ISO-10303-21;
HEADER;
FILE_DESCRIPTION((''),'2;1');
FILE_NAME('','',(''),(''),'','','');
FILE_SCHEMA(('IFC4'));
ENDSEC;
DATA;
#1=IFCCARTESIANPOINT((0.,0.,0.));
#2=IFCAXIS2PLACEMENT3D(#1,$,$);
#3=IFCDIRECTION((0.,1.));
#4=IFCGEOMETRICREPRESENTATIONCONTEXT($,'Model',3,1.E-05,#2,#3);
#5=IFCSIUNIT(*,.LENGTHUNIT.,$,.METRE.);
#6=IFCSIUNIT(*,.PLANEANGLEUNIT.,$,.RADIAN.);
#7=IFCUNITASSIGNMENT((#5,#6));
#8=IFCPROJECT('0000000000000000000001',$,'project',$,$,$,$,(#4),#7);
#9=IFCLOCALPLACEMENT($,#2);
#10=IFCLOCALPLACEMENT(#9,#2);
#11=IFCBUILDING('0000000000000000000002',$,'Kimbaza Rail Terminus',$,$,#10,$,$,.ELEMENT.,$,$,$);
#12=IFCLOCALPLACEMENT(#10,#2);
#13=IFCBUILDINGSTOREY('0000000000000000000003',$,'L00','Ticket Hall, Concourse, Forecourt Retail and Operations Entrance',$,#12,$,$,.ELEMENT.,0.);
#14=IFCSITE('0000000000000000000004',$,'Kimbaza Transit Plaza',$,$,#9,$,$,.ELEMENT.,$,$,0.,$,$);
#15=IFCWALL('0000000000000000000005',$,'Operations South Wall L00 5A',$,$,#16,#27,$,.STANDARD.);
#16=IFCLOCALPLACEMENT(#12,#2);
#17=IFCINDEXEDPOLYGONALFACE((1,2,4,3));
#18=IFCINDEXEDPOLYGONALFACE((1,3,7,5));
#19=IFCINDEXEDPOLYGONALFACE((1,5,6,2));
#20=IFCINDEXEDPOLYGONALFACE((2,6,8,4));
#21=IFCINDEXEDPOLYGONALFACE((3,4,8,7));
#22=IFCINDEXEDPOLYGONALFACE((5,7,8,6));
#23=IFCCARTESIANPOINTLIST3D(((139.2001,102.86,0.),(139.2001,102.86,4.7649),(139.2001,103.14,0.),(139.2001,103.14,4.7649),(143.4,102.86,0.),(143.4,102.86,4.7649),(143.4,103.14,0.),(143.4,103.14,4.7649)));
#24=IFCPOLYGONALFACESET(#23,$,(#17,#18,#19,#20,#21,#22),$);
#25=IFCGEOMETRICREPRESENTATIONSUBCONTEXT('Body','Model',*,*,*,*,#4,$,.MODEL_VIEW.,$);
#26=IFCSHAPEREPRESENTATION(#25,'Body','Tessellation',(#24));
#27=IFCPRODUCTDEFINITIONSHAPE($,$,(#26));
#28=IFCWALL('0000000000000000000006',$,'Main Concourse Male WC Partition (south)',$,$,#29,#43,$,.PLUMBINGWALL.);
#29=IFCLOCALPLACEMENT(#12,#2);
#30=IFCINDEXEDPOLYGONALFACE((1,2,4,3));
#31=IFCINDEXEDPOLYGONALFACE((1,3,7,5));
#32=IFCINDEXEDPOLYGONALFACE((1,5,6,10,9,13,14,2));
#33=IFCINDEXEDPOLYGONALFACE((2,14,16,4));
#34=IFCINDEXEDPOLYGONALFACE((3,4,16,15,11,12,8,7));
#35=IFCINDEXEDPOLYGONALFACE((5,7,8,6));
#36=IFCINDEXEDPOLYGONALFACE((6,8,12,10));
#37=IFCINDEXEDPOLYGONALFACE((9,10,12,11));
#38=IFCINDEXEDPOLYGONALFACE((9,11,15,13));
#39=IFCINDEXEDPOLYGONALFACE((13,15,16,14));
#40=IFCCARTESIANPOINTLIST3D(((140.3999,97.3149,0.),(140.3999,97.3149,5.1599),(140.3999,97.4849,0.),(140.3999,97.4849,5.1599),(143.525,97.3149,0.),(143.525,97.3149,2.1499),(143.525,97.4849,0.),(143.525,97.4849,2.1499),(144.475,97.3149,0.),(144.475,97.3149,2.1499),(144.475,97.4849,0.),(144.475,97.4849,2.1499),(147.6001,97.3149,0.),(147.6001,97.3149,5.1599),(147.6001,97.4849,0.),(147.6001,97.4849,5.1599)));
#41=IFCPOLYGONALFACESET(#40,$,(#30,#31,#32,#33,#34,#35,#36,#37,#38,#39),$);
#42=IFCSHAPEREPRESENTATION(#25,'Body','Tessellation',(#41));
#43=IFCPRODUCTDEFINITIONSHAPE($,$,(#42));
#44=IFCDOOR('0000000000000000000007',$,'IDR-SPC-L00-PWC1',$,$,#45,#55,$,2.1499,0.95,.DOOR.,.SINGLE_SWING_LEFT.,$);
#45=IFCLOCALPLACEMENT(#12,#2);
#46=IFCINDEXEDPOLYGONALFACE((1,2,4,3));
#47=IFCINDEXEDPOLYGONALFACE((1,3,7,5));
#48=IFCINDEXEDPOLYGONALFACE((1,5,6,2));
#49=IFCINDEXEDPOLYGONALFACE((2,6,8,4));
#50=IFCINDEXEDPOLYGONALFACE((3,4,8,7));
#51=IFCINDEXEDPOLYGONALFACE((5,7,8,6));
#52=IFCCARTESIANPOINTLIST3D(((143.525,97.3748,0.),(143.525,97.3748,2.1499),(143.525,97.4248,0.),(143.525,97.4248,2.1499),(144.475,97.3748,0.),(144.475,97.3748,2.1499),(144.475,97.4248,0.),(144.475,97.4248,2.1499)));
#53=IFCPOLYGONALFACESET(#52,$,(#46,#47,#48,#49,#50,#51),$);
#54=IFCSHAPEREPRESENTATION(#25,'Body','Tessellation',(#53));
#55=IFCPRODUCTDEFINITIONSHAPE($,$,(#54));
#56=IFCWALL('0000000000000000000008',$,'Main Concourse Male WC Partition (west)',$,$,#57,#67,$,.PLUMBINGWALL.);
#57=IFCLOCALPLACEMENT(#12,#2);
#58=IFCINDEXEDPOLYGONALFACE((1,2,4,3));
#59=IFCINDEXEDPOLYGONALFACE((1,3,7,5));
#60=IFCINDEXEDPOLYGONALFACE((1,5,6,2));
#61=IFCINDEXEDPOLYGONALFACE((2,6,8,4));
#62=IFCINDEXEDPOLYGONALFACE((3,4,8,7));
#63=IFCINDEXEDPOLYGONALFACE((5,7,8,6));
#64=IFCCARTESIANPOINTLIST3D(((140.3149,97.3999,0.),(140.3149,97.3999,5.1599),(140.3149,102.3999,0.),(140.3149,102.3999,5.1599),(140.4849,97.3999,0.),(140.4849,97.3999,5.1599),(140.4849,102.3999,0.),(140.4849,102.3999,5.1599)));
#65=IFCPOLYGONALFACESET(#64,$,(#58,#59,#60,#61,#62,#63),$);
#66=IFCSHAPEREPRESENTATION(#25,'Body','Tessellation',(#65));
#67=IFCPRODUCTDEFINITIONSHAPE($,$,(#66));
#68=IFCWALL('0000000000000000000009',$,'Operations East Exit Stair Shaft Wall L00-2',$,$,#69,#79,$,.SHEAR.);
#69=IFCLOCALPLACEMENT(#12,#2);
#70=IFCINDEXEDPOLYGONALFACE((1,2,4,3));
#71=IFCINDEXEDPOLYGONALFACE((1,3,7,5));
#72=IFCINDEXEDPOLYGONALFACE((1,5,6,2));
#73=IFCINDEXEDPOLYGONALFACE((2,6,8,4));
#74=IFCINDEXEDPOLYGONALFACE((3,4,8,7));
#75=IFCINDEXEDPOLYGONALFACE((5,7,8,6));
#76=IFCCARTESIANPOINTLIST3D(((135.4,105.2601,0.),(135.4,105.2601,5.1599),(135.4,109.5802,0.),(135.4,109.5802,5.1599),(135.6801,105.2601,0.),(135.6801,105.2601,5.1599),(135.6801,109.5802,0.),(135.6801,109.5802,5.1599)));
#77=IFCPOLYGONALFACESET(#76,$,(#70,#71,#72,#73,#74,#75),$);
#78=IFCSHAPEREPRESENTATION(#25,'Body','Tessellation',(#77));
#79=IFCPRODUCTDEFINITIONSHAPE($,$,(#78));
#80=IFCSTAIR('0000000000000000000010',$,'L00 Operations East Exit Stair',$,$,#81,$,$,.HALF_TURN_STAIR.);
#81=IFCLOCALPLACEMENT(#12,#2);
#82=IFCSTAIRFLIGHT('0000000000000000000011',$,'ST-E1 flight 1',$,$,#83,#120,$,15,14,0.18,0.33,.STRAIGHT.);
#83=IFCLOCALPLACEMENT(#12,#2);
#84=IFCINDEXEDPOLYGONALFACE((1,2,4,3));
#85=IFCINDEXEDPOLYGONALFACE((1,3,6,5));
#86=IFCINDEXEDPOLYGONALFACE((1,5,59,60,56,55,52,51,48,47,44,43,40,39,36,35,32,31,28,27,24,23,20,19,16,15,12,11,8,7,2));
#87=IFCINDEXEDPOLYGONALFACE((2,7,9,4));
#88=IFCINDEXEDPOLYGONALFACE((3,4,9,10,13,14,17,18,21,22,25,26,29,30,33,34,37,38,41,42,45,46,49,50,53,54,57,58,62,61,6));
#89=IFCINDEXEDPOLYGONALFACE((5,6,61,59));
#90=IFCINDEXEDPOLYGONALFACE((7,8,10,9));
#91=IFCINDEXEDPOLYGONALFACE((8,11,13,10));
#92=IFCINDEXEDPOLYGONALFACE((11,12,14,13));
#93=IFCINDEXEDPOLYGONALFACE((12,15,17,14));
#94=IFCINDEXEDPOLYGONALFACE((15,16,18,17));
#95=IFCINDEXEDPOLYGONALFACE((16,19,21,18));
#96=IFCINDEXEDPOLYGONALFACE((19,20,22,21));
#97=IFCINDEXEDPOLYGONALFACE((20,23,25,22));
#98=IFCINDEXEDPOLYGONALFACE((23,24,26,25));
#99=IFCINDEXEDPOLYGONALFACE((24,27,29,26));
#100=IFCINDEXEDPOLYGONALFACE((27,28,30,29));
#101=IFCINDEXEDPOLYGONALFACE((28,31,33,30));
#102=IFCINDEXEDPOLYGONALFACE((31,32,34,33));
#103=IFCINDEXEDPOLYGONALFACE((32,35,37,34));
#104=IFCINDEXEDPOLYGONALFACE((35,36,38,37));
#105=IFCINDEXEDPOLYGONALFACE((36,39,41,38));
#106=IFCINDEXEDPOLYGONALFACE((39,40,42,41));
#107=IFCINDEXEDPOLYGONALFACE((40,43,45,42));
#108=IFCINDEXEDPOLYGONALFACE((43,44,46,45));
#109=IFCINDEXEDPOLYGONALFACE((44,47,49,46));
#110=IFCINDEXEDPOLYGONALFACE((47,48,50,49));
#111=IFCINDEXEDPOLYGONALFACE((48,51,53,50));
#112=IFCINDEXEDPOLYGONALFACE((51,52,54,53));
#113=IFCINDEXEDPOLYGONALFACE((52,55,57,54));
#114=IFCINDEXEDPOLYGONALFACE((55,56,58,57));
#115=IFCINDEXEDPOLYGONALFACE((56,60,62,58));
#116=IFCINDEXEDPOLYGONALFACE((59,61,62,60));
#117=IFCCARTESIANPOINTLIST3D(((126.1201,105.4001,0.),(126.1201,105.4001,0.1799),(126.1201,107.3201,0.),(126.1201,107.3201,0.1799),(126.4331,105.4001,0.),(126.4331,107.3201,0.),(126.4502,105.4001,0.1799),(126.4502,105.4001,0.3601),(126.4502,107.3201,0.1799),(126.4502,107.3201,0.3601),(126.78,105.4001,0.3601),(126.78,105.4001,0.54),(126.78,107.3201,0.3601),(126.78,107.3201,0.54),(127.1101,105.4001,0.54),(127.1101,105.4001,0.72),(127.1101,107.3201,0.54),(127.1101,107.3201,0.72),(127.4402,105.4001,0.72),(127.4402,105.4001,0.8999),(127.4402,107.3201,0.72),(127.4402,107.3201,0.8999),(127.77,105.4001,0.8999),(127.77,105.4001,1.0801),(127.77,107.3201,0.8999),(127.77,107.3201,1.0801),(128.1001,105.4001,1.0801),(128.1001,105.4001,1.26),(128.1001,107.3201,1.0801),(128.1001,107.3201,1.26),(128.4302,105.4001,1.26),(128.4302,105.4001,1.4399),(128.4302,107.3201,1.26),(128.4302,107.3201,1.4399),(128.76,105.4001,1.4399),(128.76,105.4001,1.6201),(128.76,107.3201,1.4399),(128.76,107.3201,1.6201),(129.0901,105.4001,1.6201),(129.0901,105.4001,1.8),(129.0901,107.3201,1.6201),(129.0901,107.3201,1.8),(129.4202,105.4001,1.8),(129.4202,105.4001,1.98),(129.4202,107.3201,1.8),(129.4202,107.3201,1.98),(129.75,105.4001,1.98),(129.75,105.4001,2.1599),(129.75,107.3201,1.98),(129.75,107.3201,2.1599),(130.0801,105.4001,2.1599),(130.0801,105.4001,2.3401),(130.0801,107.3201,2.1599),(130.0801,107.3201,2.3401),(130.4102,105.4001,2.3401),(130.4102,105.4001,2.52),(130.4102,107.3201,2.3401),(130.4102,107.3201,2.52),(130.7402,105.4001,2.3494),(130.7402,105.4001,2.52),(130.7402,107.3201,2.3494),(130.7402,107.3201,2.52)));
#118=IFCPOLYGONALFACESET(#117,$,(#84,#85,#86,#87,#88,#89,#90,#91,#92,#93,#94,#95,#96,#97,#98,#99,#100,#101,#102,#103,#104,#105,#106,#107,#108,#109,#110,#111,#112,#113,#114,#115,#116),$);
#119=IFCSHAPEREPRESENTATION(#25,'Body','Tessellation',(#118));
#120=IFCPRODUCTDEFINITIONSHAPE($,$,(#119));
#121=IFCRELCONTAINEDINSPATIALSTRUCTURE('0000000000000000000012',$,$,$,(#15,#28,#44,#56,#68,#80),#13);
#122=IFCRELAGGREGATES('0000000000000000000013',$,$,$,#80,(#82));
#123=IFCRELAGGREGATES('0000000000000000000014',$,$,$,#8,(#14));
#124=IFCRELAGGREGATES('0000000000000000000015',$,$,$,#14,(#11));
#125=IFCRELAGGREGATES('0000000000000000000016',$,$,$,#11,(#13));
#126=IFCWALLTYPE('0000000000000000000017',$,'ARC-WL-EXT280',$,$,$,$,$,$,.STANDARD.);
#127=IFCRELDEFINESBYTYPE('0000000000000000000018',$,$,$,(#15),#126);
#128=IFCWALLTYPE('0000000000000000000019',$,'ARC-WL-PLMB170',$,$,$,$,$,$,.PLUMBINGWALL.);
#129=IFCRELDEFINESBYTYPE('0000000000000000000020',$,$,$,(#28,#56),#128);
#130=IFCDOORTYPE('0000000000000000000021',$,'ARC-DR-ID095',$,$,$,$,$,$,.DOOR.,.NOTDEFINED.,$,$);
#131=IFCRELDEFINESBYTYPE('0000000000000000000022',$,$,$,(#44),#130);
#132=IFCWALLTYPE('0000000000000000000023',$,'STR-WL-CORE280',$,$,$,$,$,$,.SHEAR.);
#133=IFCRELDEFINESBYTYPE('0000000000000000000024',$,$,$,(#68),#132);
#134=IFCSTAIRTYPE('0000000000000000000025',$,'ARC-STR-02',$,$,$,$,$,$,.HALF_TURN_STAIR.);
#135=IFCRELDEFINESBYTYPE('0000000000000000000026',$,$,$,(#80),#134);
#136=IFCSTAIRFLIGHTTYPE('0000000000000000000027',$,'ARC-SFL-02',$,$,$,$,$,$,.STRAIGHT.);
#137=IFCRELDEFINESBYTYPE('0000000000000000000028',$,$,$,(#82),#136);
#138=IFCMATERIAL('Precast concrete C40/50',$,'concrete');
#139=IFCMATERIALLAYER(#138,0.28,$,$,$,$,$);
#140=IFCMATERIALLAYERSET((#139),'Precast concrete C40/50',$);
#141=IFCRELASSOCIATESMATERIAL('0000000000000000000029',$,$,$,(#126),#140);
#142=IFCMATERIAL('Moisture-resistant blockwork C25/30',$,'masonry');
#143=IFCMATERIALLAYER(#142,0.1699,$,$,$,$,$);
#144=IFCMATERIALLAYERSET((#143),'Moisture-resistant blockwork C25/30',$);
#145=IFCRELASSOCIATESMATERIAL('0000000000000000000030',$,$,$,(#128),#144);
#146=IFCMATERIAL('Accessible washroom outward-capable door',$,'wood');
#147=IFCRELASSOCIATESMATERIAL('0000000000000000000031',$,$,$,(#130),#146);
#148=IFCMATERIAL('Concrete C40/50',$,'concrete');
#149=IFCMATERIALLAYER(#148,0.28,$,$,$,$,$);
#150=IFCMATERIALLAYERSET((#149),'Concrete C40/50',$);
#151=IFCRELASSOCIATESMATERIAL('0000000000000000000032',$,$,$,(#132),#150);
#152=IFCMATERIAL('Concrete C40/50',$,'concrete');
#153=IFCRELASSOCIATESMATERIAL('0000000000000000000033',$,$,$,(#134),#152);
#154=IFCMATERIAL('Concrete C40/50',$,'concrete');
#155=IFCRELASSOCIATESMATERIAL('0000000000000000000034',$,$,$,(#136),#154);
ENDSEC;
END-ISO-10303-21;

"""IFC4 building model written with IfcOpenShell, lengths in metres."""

from ifc_helpers import new_model, si_unit, direction, frame, frame_2d, origin, place, context, subcontext, project, spatial, polyline, rectangle, outline, extrude, material, layer, layer_set, type_object, element, fill, aggregate, save


model = new_model("IFC4")

# Units and contexts
model_context = context("Model", 3, precision=1e-05, world=origin(), true_north=direction((0.0, 1.0)))
body_context = subcontext(model_context, "Body", "Model", "MODEL_VIEW")
ifc_project = project(units=[si_unit("LENGTHUNIT", "METRE"), si_unit("PLANEANGLEUNIT", "RADIAN")], contexts=[model_context])

# Site, building, storey
site_placement = place(None, origin())
site = spatial("IfcSite", under=ifc_project, at=site_placement, Name="Kimbaza Transit Plaza", CompositionType="ELEMENT", RefElevation=0.0)
building_placement = place(site_placement, origin())
building = spatial("IfcBuilding", under=site, at=building_placement, Name="Kimbaza Rail Terminus", CompositionType="ELEMENT")
storey_placement = place(building_placement, origin())
storey = spatial("IfcBuildingStorey", under=building, at=storey_placement, Name="L00", Description="Ticket Hall, Concourse, Forecourt Retail and Operations Entrance", CompositionType="ELEMENT", Elevation=0.0)

# Wall
ifc_material_1 = material(Name="Precast concrete C40/50", Category="concrete")
ifc_layer_1 = layer(ifc_material_1, 0.28)
ifc_layer_set_1 = layer_set([ifc_layer_1], Name="Precast concrete C40/50")
wall_type_1 = type_object("IfcWallType", Name="ARC-WL-EXT280", PredefinedType="STANDARD", material=ifc_layer_set_1)
wall_1_placement = place(storey_placement, frame((139.2, 103.0, 0.0), z_axis=(0.0, 0.0, 1.0), x_axis=(1.0, 0.0, 0.0)))
element("IfcWall", 1, at=wall_1_placement, inside=storey, type_object=wall_type_1, Name="Operations South Wall L00 5A", PredefinedType="STANDARD", context=body_context, shape_type="SweptSolid", body=[
    extrude(rectangle(XDim=4.2, YDim=0.28, at=frame_2d((2.1001, 0.0))), origin(), (0.0, 0.0, 1.0), 4.7649),
])

# Wall, opening, door
ifc_material_2 = material(Name="Moisture-resistant blockwork C25/30", Category="masonry")
ifc_layer_2 = layer(ifc_material_2, 0.1699)
ifc_layer_set_2 = layer_set([ifc_layer_2], Name="Moisture-resistant blockwork C25/30")
wall_type_2 = type_object("IfcWallType", Name="ARC-WL-PLMB170", PredefinedType="PLUMBINGWALL", material=ifc_layer_set_2)
wall_2_placement = place(storey_placement, frame((140.3999, 97.3999, 0.0), z_axis=(0.0, 0.0, 1.0), x_axis=(1.0, 0.0, 0.0)))
wall_2 = element("IfcWall", 2, at=wall_2_placement, inside=storey, type_object=wall_type_2, Name="Main Concourse Male WC Partition (south)", PredefinedType="PLUMBINGWALL", context=body_context, shape_type="SweptSolid", body=[
    extrude(rectangle(XDim=7.2002, YDim=0.1699, at=frame_2d((3.6001, 0.0))), origin(), (0.0, 0.0, 1.0), 5.1599),
])
opening_placement = place(wall_2_placement, frame((3.125, 0.0, 0.0)))
opening = element("IfcOpeningElement", 3, at=opening_placement, cuts=wall_2, PredefinedType="OPENING", context=body_context, shape_type="SweptSolid", body=[
    extrude(rectangle(XDim=0.95, YDim=2.1499, at=frame_2d((0.4751, 1.075))), frame((0.0, 0.095, 0.0), z_axis=(0.0, -1.0, 0.0), x_axis=(1.0, 0.0, 0.0)), (0.0, 0.0, 1.0), 0.1899),
])
ifc_material_3 = material(Name="Accessible washroom outward-capable door", Category="wood")
door_type = type_object("IfcDoorType", Name="ARC-DR-ID095", OperationType="NOTDEFINED", PredefinedType="DOOR", material=ifc_material_3)
door_placement = place(opening_placement, origin())
door = element("IfcDoor", 4, at=door_placement, inside=storey, type_object=door_type, Name="IDR-SPC-L00-PWC1", OperationType="SINGLE_SWING_LEFT", OverallHeight=2.1499, OverallWidth=0.95, PredefinedType="DOOR", context=body_context, shape_type="SweptSolid", body=[
    extrude(rectangle(XDim=0.95, YDim=2.1499, at=frame_2d((0.4751, 1.075))), frame((0.0, 0.0249, 0.0), z_axis=(0.0, -1.0, 0.0), x_axis=(1.0, 0.0, 0.0)), (0.0, 0.0, 1.0), 0.05),
])
fill(opening, door)

# Walls
wall_3_placement = place(storey_placement, frame((140.3999, 102.3999, 0.0), z_axis=(0.0, 0.0, 1.0), x_axis=(0.0, -1.0, 0.0)))
element("IfcWall", 5, at=wall_3_placement, inside=storey, type_object=wall_type_2, Name="Main Concourse Male WC Partition (west)", PredefinedType="PLUMBINGWALL", context=body_context, shape_type="SweptSolid", body=[
    extrude(rectangle(XDim=5.0, YDim=0.1699, at=frame_2d((2.5, 0.0))), origin(), (0.0, 0.0, 1.0), 5.1599),
])
ifc_material_4 = material(Name="Concrete C40/50", Category="concrete")
ifc_layer_3 = layer(ifc_material_4, 0.28)
ifc_layer_set_3 = layer_set([ifc_layer_3], Name="Concrete C40/50")
wall_type_3 = type_object("IfcWallType", Name="STR-WL-CORE280", PredefinedType="SHEAR", material=ifc_layer_set_3)
wall_4_placement = place(storey_placement, frame((135.54, 105.26, 0.0), z_axis=(0.0, 0.0, 1.0), x_axis=(0.0, 1.0, 0.0)))
element("IfcWall", 6, at=wall_4_placement, inside=storey, type_object=wall_type_3, Name="Operations East Exit Stair Shaft Wall L00-2", PredefinedType="SHEAR", context=body_context, shape_type="SweptSolid", body=[
    extrude(rectangle(XDim=4.3201, YDim=0.28, at=frame_2d((2.1602, 0.0))), origin(), (0.0, 0.0, 1.0), 5.1599),
])

# Stair, stair flight
ifc_material_5 = material(Name="Concrete C40/50", Category="concrete")
stair_type = type_object("IfcStairType", Name="ARC-STR-02", PredefinedType="HALF_TURN_STAIR", material=ifc_material_5)
stair_placement = place(storey_placement, origin())
stair = element("IfcStair", 7, at=stair_placement, inside=storey, type_object=stair_type, Name="L00 Operations East Exit Stair", PredefinedType="HALF_TURN_STAIR")
ifc_material_6 = material(Name="Concrete C40/50", Category="concrete")
stair_flight_type = type_object("IfcStairFlightType", Name="ARC-SFL-02", PredefinedType="STRAIGHT", material=ifc_material_6)
stair_flight_placement = place(storey_placement, frame((126.1201, 106.3601, 0.0), z_axis=(0.0, 0.0, 1.0), x_axis=(1.0, 0.0, 0.0)))
stair_flight = element("IfcStairFlight", 8, at=stair_flight_placement, type_object=stair_flight_type, Name="ST-E1 flight 1", NumberOfRisers=15, NumberOfTreads=14, PredefinedType="STRAIGHT", RiserHeight=0.18, TreadLength=0.33, context=body_context, shape_type="SweptSolid", body=[
    extrude(outline(polyline([(0.0, 0.0), (0.0, 0.1799), (0.3301, 0.1799), (0.3301, 0.3601), (0.6599, 0.3601), (0.6599, 0.54), (0.99, 0.54), (0.99, 0.72), (1.3201, 0.72), (1.3201, 0.8999), (1.6499, 0.8999), (1.6499, 1.0801), (1.98, 1.0801), (1.98, 1.26), (2.3101, 1.26), (2.3101, 1.4399), (2.6399, 1.4399), (2.6399, 1.6201), (2.97, 1.6201), (2.97, 1.8), (3.3, 1.8), (3.3, 1.98), (3.6299, 1.98), (3.6299, 2.1599), (3.96, 2.1599), (3.96, 2.3401), (4.29, 2.3401), (4.29, 2.52), (4.6201, 2.52), (4.6201, 2.7), (4.6201, 2.3494), (0.313, 0.0), (0.0, 0.0)])), frame((0.0, 0.96, 0.0), z_axis=(0.0, -1.0, 0.0), x_axis=(1.0, 0.0, 0.0)), (0.0, 0.0, 1.0), 1.9199),
])
aggregate(stair, [stair_flight])

save(model, "model.ifc")
